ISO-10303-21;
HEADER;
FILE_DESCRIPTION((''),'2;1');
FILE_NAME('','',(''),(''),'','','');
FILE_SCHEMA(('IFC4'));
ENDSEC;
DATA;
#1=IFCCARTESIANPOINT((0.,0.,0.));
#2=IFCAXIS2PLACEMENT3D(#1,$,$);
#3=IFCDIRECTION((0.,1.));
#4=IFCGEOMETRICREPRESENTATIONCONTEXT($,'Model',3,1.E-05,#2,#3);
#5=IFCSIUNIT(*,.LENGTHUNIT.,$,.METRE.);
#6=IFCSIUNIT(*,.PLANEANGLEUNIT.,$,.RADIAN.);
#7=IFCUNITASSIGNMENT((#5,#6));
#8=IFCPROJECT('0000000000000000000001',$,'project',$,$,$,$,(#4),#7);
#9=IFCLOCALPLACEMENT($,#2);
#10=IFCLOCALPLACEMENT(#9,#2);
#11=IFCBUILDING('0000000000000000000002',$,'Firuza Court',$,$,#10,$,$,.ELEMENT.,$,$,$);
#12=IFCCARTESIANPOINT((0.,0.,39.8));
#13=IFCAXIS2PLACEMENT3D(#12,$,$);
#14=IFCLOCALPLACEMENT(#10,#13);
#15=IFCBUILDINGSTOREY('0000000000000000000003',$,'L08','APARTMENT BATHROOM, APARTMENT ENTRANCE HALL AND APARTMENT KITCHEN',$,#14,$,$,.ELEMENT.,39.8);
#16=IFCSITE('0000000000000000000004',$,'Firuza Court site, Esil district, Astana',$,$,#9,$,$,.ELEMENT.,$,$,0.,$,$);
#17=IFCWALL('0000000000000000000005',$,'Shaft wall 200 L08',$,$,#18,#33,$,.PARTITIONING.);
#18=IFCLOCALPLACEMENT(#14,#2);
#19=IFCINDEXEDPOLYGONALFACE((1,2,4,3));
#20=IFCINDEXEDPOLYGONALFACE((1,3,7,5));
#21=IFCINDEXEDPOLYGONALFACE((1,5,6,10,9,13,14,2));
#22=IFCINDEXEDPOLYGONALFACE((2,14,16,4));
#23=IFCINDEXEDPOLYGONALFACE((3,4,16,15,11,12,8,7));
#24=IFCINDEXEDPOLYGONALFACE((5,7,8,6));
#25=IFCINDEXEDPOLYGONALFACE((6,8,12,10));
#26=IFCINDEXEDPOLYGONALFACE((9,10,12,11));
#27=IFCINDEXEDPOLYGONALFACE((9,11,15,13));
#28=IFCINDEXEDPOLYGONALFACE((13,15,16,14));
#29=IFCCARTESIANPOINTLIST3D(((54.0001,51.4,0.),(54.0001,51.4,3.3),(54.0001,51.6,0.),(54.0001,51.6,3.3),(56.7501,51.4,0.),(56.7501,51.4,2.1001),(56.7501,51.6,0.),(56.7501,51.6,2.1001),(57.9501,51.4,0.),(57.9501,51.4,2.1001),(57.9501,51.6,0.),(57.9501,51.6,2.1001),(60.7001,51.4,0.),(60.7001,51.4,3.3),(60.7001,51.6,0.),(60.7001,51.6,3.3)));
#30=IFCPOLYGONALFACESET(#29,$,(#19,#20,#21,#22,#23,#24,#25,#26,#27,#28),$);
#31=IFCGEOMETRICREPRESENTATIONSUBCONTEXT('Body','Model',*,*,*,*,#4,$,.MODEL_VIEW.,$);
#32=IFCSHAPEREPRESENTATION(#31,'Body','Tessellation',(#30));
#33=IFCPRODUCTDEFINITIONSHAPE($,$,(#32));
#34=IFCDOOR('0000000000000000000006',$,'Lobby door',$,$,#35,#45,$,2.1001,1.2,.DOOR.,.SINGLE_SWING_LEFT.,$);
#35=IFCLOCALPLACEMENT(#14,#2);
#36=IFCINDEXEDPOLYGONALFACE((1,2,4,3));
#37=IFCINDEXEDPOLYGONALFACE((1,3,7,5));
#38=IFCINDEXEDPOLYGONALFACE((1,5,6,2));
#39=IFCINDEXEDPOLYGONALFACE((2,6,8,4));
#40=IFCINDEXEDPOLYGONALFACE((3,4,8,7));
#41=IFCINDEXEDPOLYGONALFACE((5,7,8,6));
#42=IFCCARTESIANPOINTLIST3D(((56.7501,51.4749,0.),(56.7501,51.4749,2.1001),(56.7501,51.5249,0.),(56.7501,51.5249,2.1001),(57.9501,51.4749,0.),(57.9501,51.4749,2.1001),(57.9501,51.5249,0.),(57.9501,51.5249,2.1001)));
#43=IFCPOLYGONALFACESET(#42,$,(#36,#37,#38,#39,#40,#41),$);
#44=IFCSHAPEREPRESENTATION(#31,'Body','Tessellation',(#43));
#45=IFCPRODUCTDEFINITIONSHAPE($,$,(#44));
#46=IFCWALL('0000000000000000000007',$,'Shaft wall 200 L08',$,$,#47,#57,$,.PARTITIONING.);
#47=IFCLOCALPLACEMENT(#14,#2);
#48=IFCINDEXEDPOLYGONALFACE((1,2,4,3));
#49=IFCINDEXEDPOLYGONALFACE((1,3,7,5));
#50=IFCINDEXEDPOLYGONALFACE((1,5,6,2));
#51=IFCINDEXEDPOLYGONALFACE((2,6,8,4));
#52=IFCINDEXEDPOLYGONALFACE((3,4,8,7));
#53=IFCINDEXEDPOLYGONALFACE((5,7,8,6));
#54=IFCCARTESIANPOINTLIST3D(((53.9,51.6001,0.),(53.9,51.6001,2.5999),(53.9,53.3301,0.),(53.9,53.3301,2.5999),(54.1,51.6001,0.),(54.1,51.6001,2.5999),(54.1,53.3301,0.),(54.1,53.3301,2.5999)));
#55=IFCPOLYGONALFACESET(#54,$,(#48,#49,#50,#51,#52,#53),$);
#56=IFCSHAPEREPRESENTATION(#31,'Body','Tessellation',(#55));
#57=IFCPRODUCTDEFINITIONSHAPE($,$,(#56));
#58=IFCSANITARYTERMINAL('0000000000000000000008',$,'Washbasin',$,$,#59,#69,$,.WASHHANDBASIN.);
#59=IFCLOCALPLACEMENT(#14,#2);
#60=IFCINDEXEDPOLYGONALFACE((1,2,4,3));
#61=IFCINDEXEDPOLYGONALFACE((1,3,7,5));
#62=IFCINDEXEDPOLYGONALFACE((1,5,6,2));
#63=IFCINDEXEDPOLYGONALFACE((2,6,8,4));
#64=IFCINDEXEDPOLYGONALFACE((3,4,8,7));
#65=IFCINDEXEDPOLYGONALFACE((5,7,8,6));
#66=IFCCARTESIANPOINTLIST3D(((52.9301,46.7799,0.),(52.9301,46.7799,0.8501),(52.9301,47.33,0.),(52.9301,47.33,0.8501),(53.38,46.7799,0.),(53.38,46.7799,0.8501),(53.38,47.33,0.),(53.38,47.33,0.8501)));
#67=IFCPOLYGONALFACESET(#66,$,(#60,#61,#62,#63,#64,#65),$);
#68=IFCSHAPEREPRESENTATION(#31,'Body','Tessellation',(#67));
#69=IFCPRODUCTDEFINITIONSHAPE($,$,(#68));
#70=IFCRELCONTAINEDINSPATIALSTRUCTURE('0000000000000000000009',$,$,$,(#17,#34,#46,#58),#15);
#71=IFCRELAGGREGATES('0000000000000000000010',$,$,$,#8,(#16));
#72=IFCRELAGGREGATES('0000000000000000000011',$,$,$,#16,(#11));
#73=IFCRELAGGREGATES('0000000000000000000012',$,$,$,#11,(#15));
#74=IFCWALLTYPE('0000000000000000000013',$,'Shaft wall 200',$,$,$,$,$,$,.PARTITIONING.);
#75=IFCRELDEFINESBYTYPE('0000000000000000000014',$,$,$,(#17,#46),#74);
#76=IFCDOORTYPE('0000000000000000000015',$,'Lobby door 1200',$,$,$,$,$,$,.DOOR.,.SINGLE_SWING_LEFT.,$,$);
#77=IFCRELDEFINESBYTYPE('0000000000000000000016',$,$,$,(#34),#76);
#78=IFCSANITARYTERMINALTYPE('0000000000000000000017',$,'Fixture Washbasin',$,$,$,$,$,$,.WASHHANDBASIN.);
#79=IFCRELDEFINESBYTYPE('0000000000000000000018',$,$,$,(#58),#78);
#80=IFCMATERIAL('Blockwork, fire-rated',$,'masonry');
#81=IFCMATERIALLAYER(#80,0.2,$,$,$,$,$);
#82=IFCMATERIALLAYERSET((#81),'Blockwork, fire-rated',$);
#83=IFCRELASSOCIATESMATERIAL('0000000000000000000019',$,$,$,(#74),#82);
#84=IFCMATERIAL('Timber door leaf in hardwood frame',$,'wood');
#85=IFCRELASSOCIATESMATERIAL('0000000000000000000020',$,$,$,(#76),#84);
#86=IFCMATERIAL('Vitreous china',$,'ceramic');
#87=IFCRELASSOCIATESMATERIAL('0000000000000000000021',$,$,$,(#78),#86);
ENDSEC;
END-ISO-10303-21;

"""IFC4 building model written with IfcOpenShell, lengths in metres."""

from ifc_helpers import new_model, si_unit, direction, frame, frame_2d, origin, origin_2d, place, context, subcontext, project, spatial, rectangle, extrude, material, layer, layer_set, type_object, element, fill, save


model = new_model("IFC4")

# Units and contexts
model_context = context("Model", 3, precision=1e-05, world=origin(), true_north=direction((0.0, 1.0)))
body_context = subcontext(model_context, "Body", "Model", "MODEL_VIEW")
ifc_project = project(units=[si_unit("LENGTHUNIT", "METRE"), si_unit("PLANEANGLEUNIT", "RADIAN")], contexts=[model_context])

# Site, building, storey
site_placement = place(None, origin())
site = spatial("IfcSite", under=ifc_project, at=site_placement, Name="Firuza Court site, Esil district, Astana", CompositionType="ELEMENT", RefElevation=0.0)
building_placement = place(site_placement, origin())
building = spatial("IfcBuilding", under=site, at=building_placement, Name="Firuza Court", CompositionType="ELEMENT")
storey_placement = place(building_placement, frame((0.0, 0.0, 39.8)))
storey = spatial("IfcBuildingStorey", under=building, at=storey_placement, Name="L08", Description="APARTMENT BATHROOM, APARTMENT ENTRANCE HALL AND APARTMENT KITCHEN", CompositionType="ELEMENT", Elevation=39.8)

# Shared definitions
ifc_material_1 = material(Name="Blockwork, fire-rated", Category="masonry")
ifc_layer_1 = layer(ifc_material_1, 0.2)
ifc_layer_set_1 = layer_set([ifc_layer_1], Name="Blockwork, fire-rated")
wall_type_1 = type_object("IfcWallType", Name="Shaft wall 200", PredefinedType="PARTITIONING", material=ifc_layer_set_1)
ifc_material_2 = material(Name="Timber door leaf in hardwood frame", Category="wood")
door_type_1 = type_object("IfcDoorType", Name="Lobby door 1200", OperationType="SINGLE_SWING_LEFT", PredefinedType="DOOR", material=ifc_material_2)

# Wall, opening, door
wall_1_placement = place(storey_placement, frame((54.0, 51.5, 0.0), z_axis=(0.0, 0.0, 1.0), x_axis=(1.0, 0.0, 0.0)))
wall_1 = element("IfcWall", 1, at=wall_1_placement, inside=storey, type_object=wall_type_1, Name="Shaft wall 200 L08", PredefinedType="PARTITIONING", context=body_context, shape_type="SweptSolid", body=[
    extrude(rectangle(XDim=6.7, YDim=0.2, at=frame_2d((3.3501, 0.0))), origin(), (0.0, 0.0, 1.0), 3.3),
])
opening_1_placement = place(wall_1_placement, frame((2.75, 0.0, 0.0)))
opening_1 = element("IfcOpeningElement", 2, at=opening_1_placement, cuts=wall_1, PredefinedType="OPENING", context=body_context, shape_type="SweptSolid", body=[
    extrude(rectangle(XDim=1.2, YDim=2.1001, at=frame_2d((0.6001, 1.05))), frame((0.0, 0.1118, 0.0), z_axis=(0.0, -1.0, 0.0), x_axis=(1.0, 0.0, 0.0)), (0.0, 0.0, 1.0), 0.2239),
])
door_1_placement = place(opening_1_placement, origin())
door_1 = element("IfcDoor", 3, at=door_1_placement, inside=storey, type_object=door_type_1, Name="Lobby door", OperationType="SINGLE_SWING_LEFT", OverallHeight=2.1001, OverallWidth=1.2, PredefinedType="DOOR", context=body_context, shape_type="SweptSolid", body=[
    extrude(rectangle(XDim=1.2, YDim=2.1001, at=frame_2d((0.6001, 1.05))), frame((0.0, 0.0249, 0.0), z_axis=(0.0, -1.0, 0.0), x_axis=(1.0, 0.0, 0.0)), (0.0, 0.0, 1.0), 0.05),
])
fill(opening_1, door_1)

# Wall
wall_2_placement = place(storey_placement, frame((54.0, 51.6001, 0.0), z_axis=(0.0, 0.0, 1.0), x_axis=(0.0, 1.0, 0.0)))
element("IfcWall", 4, at=wall_2_placement, inside=storey, type_object=wall_type_1, Name="Shaft wall 200 L08", PredefinedType="PARTITIONING", context=body_context, shape_type="SweptSolid", body=[
    extrude(rectangle(XDim=1.73, YDim=0.2, at=frame_2d((0.865, 0.0))), origin(), (0.0, 0.0, 1.0), 2.5999),
])

# Sanitary terminal
ifc_material_3 = material(Name="Vitreous china", Category="ceramic")
sanitary_terminal_type = type_object("IfcSanitaryTerminalType", Name="Fixture Washbasin", PredefinedType="WASHHANDBASIN", material=ifc_material_3)
sanitary_terminal_placement = place(storey_placement, frame((53.155, 47.0549, 0.0), z_axis=(0.0, 0.0, 1.0), x_axis=(1.0, 0.0, 0.0)))
element("IfcSanitaryTerminal", 5, at=sanitary_terminal_placement, inside=storey, type_object=sanitary_terminal_type, Name="Washbasin", PredefinedType="WASHHANDBASIN", context=body_context, shape_type="SweptSolid", body=[
    extrude(rectangle(XDim=0.45, YDim=0.55, at=origin_2d()), origin(), (0.0, 0.0, 1.0), 0.8501),
])

save(model, "model.ifc")
